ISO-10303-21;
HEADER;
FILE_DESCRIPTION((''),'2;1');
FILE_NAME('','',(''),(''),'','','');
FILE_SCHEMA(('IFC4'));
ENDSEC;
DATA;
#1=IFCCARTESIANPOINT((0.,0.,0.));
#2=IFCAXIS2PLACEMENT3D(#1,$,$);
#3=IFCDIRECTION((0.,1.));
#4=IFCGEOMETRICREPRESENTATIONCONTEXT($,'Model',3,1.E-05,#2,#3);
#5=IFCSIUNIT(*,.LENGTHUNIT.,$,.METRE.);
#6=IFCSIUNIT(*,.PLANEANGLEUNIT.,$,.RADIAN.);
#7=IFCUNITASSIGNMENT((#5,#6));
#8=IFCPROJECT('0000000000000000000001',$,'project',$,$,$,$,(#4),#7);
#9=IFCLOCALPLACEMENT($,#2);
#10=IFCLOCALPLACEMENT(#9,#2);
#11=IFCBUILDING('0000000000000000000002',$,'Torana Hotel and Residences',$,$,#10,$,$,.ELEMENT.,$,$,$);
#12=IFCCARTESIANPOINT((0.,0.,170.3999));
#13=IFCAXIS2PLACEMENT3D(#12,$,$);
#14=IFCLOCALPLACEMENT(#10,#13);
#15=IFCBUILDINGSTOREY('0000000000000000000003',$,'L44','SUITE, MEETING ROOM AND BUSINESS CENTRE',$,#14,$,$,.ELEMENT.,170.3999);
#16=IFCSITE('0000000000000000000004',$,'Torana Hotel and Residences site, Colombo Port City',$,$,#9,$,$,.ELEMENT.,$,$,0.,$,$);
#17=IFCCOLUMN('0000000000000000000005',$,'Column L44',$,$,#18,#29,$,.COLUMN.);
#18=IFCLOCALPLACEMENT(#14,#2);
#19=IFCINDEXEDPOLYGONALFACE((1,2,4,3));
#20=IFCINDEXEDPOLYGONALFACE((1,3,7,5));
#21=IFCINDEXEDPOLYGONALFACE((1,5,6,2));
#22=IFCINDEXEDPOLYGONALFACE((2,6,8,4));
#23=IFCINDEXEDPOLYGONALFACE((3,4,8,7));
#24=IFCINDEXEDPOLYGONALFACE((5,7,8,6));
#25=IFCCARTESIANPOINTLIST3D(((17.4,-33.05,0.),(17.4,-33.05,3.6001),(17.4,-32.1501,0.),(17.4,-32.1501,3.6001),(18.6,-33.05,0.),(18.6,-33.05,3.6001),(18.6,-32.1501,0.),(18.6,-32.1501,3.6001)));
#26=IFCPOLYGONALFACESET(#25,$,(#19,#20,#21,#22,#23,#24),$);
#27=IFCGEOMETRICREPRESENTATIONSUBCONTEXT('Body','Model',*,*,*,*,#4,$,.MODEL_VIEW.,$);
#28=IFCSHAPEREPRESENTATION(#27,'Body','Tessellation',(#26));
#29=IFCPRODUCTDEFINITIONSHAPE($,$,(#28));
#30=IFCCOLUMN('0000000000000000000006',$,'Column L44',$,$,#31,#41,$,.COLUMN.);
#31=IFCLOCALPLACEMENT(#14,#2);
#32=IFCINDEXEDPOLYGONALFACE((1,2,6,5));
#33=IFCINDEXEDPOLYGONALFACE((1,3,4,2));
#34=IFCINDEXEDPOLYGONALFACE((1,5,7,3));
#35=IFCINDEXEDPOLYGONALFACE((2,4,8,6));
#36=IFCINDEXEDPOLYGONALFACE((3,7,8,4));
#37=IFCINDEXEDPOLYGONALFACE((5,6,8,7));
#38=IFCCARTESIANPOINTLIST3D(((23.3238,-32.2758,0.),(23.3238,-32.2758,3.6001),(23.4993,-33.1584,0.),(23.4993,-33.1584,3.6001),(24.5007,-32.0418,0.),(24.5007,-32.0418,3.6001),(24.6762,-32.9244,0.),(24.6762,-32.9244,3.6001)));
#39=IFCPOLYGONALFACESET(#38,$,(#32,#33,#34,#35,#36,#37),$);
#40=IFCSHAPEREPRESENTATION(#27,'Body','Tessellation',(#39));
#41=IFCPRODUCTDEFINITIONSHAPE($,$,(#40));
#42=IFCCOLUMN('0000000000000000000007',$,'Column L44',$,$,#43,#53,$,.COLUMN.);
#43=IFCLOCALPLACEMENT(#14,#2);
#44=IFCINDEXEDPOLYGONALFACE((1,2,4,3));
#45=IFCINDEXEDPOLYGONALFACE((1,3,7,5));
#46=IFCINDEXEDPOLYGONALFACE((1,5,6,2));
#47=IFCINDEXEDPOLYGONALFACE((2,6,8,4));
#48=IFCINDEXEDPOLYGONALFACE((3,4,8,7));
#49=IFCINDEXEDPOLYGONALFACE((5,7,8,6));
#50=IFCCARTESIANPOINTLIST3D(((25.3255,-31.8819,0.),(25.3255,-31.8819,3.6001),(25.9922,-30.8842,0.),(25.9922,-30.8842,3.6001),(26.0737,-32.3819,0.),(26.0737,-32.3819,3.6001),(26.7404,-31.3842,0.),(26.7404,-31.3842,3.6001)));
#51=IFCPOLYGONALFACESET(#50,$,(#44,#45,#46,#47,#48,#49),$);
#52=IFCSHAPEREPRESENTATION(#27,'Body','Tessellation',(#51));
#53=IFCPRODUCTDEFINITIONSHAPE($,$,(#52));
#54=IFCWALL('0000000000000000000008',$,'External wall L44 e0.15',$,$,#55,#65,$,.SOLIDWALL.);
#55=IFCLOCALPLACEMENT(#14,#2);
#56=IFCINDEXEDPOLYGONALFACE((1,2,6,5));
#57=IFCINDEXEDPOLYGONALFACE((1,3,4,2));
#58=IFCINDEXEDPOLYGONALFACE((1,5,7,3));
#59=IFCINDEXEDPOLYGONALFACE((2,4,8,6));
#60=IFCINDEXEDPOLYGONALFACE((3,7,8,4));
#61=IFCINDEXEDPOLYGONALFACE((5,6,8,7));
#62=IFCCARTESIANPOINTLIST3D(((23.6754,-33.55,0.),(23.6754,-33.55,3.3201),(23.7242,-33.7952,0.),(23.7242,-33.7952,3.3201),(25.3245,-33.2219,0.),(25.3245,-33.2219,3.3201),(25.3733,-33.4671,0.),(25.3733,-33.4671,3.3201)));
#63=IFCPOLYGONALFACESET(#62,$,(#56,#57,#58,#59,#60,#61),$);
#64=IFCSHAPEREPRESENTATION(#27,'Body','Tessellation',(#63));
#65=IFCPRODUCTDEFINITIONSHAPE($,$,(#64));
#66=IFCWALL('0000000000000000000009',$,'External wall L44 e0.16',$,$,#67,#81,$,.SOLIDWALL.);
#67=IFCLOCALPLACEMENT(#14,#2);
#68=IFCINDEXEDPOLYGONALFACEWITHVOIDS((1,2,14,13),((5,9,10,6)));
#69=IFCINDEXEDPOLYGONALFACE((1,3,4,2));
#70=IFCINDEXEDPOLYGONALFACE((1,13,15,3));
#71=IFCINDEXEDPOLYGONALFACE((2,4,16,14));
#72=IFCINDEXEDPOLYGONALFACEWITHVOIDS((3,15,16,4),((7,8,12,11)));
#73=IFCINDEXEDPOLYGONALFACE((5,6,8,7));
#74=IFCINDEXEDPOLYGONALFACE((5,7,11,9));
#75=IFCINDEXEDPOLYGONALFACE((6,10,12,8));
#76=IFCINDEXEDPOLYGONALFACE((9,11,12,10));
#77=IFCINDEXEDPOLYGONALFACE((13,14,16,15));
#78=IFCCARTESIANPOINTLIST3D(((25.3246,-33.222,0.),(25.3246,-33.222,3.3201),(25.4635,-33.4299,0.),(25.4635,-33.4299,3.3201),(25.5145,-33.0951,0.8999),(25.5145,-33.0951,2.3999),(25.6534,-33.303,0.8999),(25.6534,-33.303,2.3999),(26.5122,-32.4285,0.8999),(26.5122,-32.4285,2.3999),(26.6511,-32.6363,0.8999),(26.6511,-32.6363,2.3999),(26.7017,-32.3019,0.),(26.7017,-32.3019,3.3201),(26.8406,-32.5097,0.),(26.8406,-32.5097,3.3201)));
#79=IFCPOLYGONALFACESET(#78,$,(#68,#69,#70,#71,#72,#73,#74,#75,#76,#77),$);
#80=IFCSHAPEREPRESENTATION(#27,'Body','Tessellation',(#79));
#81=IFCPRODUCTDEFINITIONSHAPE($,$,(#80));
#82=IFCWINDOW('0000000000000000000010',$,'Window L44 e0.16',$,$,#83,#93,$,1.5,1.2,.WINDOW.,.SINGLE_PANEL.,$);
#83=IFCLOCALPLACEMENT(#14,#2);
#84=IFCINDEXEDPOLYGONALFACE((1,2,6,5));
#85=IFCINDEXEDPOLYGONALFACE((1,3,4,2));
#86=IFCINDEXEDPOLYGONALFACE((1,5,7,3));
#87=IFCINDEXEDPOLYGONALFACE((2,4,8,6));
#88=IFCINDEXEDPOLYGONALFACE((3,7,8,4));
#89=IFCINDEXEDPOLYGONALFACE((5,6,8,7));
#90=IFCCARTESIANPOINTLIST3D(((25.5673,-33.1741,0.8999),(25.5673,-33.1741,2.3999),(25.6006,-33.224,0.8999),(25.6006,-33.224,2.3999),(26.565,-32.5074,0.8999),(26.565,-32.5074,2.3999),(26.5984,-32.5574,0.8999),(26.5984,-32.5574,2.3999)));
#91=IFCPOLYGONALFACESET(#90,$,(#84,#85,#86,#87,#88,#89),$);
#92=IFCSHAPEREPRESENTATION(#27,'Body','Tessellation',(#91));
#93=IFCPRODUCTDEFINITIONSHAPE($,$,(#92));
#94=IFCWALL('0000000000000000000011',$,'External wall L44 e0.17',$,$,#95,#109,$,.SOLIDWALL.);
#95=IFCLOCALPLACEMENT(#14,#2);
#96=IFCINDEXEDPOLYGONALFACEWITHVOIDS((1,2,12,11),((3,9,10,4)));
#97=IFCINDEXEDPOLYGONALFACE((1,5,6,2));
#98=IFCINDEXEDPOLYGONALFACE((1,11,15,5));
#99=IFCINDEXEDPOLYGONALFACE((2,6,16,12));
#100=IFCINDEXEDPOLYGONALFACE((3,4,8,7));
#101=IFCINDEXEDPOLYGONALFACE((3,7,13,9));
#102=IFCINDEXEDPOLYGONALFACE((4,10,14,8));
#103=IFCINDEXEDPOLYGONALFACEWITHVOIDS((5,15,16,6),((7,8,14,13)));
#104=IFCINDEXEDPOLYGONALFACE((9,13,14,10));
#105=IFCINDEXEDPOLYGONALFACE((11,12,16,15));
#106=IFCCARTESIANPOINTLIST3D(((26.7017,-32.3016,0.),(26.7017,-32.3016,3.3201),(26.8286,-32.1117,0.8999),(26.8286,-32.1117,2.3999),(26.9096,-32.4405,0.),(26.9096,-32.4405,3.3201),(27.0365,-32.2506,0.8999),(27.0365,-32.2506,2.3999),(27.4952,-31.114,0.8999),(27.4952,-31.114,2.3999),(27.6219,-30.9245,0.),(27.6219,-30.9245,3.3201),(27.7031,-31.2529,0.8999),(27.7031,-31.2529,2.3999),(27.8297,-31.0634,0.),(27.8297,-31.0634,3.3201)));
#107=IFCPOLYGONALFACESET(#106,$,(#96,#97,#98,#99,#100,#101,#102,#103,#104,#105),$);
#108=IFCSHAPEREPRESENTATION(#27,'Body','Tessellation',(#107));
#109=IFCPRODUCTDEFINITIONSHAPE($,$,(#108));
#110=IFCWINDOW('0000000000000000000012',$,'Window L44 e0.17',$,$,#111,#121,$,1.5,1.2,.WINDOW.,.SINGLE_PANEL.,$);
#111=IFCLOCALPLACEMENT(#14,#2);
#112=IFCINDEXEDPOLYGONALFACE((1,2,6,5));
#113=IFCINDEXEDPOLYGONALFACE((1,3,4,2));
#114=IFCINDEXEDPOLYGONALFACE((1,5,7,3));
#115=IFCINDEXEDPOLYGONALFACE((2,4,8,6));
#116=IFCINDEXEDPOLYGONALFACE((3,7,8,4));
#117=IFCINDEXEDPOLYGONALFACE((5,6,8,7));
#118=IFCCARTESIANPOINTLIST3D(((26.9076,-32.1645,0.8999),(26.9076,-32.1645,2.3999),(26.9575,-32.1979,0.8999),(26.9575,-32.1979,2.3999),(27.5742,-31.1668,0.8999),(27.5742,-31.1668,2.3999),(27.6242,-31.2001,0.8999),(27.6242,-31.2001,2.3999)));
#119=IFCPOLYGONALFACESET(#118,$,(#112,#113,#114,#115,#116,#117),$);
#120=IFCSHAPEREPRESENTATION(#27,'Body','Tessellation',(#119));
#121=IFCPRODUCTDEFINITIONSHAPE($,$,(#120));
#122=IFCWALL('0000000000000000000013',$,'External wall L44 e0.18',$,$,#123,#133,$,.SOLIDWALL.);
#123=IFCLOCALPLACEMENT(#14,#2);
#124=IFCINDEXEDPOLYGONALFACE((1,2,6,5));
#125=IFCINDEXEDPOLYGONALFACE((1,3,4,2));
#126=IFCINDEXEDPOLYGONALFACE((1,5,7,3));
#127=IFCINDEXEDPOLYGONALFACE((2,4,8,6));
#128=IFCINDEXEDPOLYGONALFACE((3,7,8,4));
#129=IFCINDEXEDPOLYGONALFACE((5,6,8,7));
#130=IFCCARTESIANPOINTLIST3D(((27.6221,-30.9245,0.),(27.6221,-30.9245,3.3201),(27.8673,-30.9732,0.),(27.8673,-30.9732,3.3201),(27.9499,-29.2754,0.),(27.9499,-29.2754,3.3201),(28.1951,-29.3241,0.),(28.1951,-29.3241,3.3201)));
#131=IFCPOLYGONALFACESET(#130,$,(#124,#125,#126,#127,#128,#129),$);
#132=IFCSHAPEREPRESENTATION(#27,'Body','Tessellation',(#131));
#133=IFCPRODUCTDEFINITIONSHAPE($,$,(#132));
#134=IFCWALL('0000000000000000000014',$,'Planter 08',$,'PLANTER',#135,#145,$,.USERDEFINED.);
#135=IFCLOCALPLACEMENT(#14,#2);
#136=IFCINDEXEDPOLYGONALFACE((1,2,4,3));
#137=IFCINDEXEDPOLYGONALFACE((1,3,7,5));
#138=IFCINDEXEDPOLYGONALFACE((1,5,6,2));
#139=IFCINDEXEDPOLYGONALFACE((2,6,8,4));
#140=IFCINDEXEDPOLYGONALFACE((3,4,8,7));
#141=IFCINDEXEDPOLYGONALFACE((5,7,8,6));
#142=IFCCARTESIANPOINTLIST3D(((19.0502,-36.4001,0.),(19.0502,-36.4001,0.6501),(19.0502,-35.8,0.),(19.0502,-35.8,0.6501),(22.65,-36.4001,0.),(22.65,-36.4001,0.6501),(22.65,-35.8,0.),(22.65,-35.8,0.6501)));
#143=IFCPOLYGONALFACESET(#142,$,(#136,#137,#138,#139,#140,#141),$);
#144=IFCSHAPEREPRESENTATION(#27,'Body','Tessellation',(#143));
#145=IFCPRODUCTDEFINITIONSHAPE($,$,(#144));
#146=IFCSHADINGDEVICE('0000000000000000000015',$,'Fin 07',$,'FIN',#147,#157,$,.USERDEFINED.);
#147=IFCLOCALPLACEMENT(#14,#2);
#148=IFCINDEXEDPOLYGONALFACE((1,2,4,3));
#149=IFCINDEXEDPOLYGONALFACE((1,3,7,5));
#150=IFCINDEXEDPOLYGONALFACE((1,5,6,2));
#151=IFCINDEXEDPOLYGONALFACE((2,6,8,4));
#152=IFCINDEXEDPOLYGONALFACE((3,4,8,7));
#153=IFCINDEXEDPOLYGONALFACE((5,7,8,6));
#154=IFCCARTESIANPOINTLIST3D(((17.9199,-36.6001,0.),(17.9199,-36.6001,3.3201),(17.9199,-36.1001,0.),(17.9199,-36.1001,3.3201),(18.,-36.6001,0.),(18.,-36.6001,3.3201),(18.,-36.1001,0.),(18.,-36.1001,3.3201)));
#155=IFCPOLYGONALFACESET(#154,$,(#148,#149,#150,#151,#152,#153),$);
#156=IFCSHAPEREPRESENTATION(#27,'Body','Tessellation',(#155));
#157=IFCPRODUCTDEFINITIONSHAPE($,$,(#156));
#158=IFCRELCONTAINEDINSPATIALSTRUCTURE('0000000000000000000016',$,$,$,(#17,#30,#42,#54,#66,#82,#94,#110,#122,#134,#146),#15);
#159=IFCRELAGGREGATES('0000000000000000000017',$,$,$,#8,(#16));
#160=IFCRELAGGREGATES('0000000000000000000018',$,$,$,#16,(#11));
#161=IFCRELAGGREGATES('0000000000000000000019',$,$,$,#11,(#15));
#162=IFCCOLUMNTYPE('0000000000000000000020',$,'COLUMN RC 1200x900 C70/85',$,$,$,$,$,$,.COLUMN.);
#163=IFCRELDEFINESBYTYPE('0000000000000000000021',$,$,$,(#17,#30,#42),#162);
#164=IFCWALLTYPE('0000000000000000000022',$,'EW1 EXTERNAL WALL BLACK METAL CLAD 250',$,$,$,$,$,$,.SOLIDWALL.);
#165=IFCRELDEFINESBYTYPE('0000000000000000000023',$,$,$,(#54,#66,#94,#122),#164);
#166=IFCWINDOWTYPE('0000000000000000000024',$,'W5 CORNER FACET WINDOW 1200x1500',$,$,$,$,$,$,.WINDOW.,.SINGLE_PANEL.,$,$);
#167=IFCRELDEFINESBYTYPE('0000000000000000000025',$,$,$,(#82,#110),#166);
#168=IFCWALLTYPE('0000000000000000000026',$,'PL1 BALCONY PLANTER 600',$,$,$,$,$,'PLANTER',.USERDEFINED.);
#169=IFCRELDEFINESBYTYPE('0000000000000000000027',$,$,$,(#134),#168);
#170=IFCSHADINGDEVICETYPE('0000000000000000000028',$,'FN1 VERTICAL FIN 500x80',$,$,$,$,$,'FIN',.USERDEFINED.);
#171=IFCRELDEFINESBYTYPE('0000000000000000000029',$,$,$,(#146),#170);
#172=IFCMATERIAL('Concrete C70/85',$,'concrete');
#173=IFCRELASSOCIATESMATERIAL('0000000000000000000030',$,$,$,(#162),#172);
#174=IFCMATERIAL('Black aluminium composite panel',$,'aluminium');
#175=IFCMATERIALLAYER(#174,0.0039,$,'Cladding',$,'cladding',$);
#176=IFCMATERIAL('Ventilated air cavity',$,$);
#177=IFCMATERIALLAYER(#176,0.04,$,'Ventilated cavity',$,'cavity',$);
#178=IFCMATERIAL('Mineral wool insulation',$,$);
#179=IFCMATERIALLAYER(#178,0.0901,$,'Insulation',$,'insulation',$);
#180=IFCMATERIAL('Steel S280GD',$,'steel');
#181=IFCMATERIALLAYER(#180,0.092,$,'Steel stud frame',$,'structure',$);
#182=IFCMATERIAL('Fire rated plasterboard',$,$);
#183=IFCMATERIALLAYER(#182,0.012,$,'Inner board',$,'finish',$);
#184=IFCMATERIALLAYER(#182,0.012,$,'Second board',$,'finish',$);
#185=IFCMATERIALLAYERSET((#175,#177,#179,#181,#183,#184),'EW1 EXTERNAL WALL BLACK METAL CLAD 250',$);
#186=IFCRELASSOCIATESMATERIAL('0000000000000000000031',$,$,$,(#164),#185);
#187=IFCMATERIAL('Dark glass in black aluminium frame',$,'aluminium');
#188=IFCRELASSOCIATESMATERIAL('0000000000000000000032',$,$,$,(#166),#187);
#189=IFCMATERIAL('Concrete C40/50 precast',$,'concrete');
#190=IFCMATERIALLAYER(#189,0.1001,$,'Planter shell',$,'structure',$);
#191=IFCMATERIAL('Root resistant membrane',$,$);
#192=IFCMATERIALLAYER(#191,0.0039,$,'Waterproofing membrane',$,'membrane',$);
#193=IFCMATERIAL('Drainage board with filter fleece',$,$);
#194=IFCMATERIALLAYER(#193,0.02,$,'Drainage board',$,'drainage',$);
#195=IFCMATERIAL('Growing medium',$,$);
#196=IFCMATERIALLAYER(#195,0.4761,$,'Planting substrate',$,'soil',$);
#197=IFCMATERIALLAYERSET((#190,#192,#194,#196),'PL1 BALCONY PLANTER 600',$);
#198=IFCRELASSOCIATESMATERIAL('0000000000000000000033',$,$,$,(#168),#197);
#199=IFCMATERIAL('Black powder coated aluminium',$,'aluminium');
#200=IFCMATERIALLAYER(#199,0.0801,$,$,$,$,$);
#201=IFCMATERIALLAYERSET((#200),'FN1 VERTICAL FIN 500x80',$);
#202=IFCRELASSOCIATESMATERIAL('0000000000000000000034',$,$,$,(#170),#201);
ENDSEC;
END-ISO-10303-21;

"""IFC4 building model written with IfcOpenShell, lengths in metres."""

from ifc_helpers import new_model, si_unit, direction, frame, frame_2d, origin, origin_2d, place, context, subcontext, project, spatial, rectangle, extrude, material, layer, layer_set, material_profile, profile_set, type_object, element, fill, save


model = new_model("IFC4")

# Units and contexts
model_context = context("Model", 3, precision=1e-05, world=origin(), true_north=direction((0.0, 1.0)))
body_context = subcontext(model_context, "Body", "Model", "MODEL_VIEW")
ifc_project = project(units=[si_unit("LENGTHUNIT", "METRE"), si_unit("PLANEANGLEUNIT", "RADIAN")], contexts=[model_context])

# Site, building, storey
site_placement = place(None, origin())
site = spatial("IfcSite", under=ifc_project, at=site_placement, Name="Torana Hotel and Residences site, Colombo Port City", CompositionType="ELEMENT", RefElevation=0.0)
building_placement = place(site_placement, origin())
building = spatial("IfcBuilding", under=site, at=building_placement, Name="Torana Hotel and Residences", CompositionType="ELEMENT")
storey_placement = place(building_placement, frame((0.0, 0.0, 170.3999)))
storey = spatial("IfcBuildingStorey", under=building, at=storey_placement, Name="L44", Description="SUITE, MEETING ROOM AND BUSINESS CENTRE", CompositionType="ELEMENT", Elevation=170.3999)

# Columns
ifc_material_1 = material(Name="Concrete C70/85", Category="concrete")
ifc_material_profile = material_profile(ifc_material_1, rectangle(XDim=1.2, YDim=0.8999, at=origin_2d()), Name="RC 1200x900")
ifc_profile_set = profile_set([ifc_material_profile], Name="Concrete C70/85")
column_type = type_object("IfcColumnType", Name="COLUMN RC 1200x900 C70/85", PredefinedType="COLUMN", material=ifc_profile_set)
for number, where, z_axis, x_axis, name in (
    (1, (18.0, -32.6001, 0.0), (0.0, 0.0, 1.0), (1.0, 0.0, 0.0), "Column L44"),
    (2, (24.0, -32.6001, 0.0), (0.0, 0.0, 1.0), (0.980792, 0.195056, 0.0), "Column L44"),
    (3, (26.033, -31.6331, 0.0), (0.0, 0.0, 1.0), (0.555585, 0.83146, 0.0), "Column L44"),
):
    element("IfcColumn", number, at=place(storey_placement, frame(where, z_axis=z_axis, x_axis=x_axis)), inside=storey, type_object=column_type, Name=name, PredefinedType="COLUMN", context=body_context, shape_type="SweptSolid", body=[
        extrude(rectangle(XDim=1.2, YDim=0.8999, at=origin_2d()), origin(), (0.0, 0.0, 1.0), 3.6001),
    ])

# Wall
ifc_material_2 = material(Name="Black aluminium composite panel", Category="aluminium")
ifc_layer_1 = layer(ifc_material_2, 0.0039, Name="Cladding", Category="cladding")
ifc_material_3 = material(Name="Ventilated air cavity")
ifc_layer_2 = layer(ifc_material_3, 0.04, Name="Ventilated cavity", Category="cavity")
ifc_material_4 = material(Name="Mineral wool insulation")
ifc_layer_3 = layer(ifc_material_4, 0.0901, Name="Insulation", Category="insulation")
ifc_material_5 = material(Name="Steel S280GD", Category="steel")
ifc_layer_4 = layer(ifc_material_5, 0.092, Name="Steel stud frame", Category="structure")
ifc_material_6 = material(Name="Fire rated plasterboard")
ifc_layer_5 = layer(ifc_material_6, 0.012, Name="Inner board", Category="finish")
ifc_layer_6 = layer(ifc_material_6, 0.012, Name="Second board", Category="finish")
ifc_layer_set_1 = layer_set([ifc_layer_1, ifc_layer_2, ifc_layer_3, ifc_layer_4, ifc_layer_5, ifc_layer_6], Name="EW1 EXTERNAL WALL BLACK METAL CLAD 250")
wall_type_1 = type_object("IfcWallType", Name="EW1 EXTERNAL WALL BLACK METAL CLAD 250", PredefinedType="SOLIDWALL", material=ifc_layer_set_1)
wall_1_placement = place(storey_placement, frame((23.6997, -33.6726, 0.0), z_axis=(0.0, 0.0, 1.0), x_axis=(0.980776, 0.195139, 0.0)))
element("IfcWall", 4, at=wall_1_placement, inside=storey, type_object=wall_type_1, Name="External wall L44 e0.15", PredefinedType="SOLIDWALL", context=body_context, shape_type="SweptSolid", body=[
    extrude(rectangle(XDim=1.6814, YDim=0.25, at=frame_2d((0.8408, 0.0))), origin(), (0.0, 0.0, 1.0), 3.3201),
])

# Walls, openings, windows
wall_2_placement = place(storey_placement, frame((25.394, -33.3259, 0.0), z_axis=(0.0, 0.0, 1.0), x_axis=(0.831483, 0.55555, 0.0)))
wall_2 = element("IfcWall", 5, at=wall_2_placement, inside=storey, type_object=wall_type_1, Name="External wall L44 e0.16", PredefinedType="SOLIDWALL", context=body_context, shape_type="SweptSolid", body=[
    extrude(rectangle(XDim=1.6562, YDim=0.25, at=frame_2d((0.8281, 0.0))), origin(), (0.0, 0.0, 1.0), 3.3201),
])
opening_1_placement = place(wall_2_placement, frame((0.2283, 0.0, 0.8999)))
opening_1 = element("IfcOpeningElement", 6, at=opening_1_placement, cuts=wall_2, PredefinedType="OPENING", context=body_context, shape_type="SweptSolid", body=[
    extrude(rectangle(XDim=1.2, YDim=1.5, at=frame_2d((0.6001, 0.75))), frame((0.0, 0.135, 0.0), z_axis=(0.0, -1.0, 0.0), x_axis=(1.0, 0.0, 0.0)), (0.0, 0.0, 1.0), 0.27),
])
ifc_material_7 = material(Name="Dark glass in black aluminium frame", Category="aluminium")
window_type_1 = type_object("IfcWindowType", Name="W5 CORNER FACET WINDOW 1200x1500", PartitioningType="SINGLE_PANEL", PredefinedType="WINDOW", material=ifc_material_7)
window_1_placement = place(opening_1_placement, origin())
window_1 = element("IfcWindow", 7, at=window_1_placement, inside=storey, type_object=window_type_1, Name="Window L44 e0.16", OverallHeight=1.5, OverallWidth=1.2, PartitioningType="SINGLE_PANEL", PredefinedType="WINDOW", context=body_context, shape_type="SweptSolid", body=[
    extrude(rectangle(XDim=1.2, YDim=1.5, at=frame_2d((0.6001, 0.75))), frame((0.0, 0.03, 0.0), z_axis=(0.0, -1.0, 0.0), x_axis=(1.0, 0.0, 0.0)), (0.0, 0.0, 1.0), 0.0601),
])
fill(opening_1, window_1)
wall_3_placement = place(storey_placement, frame((26.8057, -32.3711, 0.0), z_axis=(0.0, 0.0, 1.0), x_axis=(0.55555, 0.831483, 0.0)))
wall_3 = element("IfcWall", 8, at=wall_3_placement, inside=storey, type_object=wall_type_1, Name="External wall L44 e0.17", PredefinedType="SOLIDWALL", context=body_context, shape_type="SweptSolid", body=[
    extrude(rectangle(XDim=1.6562, YDim=0.25, at=frame_2d((0.8281, 0.0))), origin(), (0.0, 0.0, 1.0), 3.3201),
])
opening_2_placement = place(wall_3_placement, frame((0.2283, 0.0, 0.8999)))
opening_2 = element("IfcOpeningElement", 9, at=opening_2_placement, cuts=wall_3, PredefinedType="OPENING", context=body_context, shape_type="SweptSolid", body=[
    extrude(rectangle(XDim=1.2, YDim=1.5, at=frame_2d((0.6001, 0.75))), frame((0.0, 0.135, 0.0), z_axis=(0.0, -1.0, 0.0), x_axis=(1.0, 0.0, 0.0)), (0.0, 0.0, 1.0), 0.27),
])
window_2_placement = place(opening_2_placement, origin())
window_2 = element("IfcWindow", 10, at=window_2_placement, inside=storey, type_object=window_type_1, Name="Window L44 e0.17", OverallHeight=1.5, OverallWidth=1.2, PartitioningType="SINGLE_PANEL", PredefinedType="WINDOW", context=body_context, shape_type="SweptSolid", body=[
    extrude(rectangle(XDim=1.2, YDim=1.5, at=frame_2d((0.6001, 0.75))), frame((0.0, 0.03, 0.0), z_axis=(0.0, -1.0, 0.0), x_axis=(1.0, 0.0, 0.0)), (0.0, 0.0, 1.0), 0.0601),
])
fill(opening_2, window_2)

# Wall
wall_4_placement = place(storey_placement, frame((27.7446, -30.949, 0.0), z_axis=(0.0, 0.0, 1.0), x_axis=(0.194999, 0.980803, 0.0)))
element("IfcWall", 11, at=wall_4_placement, inside=storey, type_object=wall_type_1, Name="External wall L44 e0.18", PredefinedType="SOLIDWALL", context=body_context, shape_type="SweptSolid", body=[
    extrude(rectangle(XDim=1.6814, YDim=0.25, at=frame_2d((0.8408, 0.0))), origin(), (0.0, 0.0, 1.0), 3.3201),
])

# Wall
ifc_material_8 = material(Name="Concrete C40/50 precast", Category="concrete")
ifc_layer_7 = layer(ifc_material_8, 0.1001, Name="Planter shell", Category="structure")
ifc_material_9 = material(Name="Root resistant membrane")
ifc_layer_8 = layer(ifc_material_9, 0.0039, Name="Waterproofing membrane", Category="membrane")
ifc_material_10 = material(Name="Drainage board with filter fleece")
ifc_layer_9 = layer(ifc_material_10, 0.02, Name="Drainage board", Category="drainage")
ifc_material_11 = material(Name="Growing medium")
ifc_layer_10 = layer(ifc_material_11, 0.4761, Name="Planting substrate", Category="soil")
ifc_layer_set_2 = layer_set([ifc_layer_7, ifc_layer_8, ifc_layer_9, ifc_layer_10], Name="PL1 BALCONY PLANTER 600")
wall_type_2 = type_object("IfcWallType", Name="PL1 BALCONY PLANTER 600", ElementType="PLANTER", PredefinedType="USERDEFINED", material=ifc_layer_set_2)
wall_5_placement = place(storey_placement, frame((22.6499, -36.1001, 0.0), z_axis=(0.0, 0.0, 1.0), x_axis=(-1.0, 0.0, 0.0)))
element("IfcWall", 12, at=wall_5_placement, inside=storey, type_object=wall_type_2, Name="Planter 08", ObjectType="PLANTER", PredefinedType="USERDEFINED", context=body_context, shape_type="SweptSolid", body=[
    extrude(rectangle(XDim=3.5999, YDim=0.6001, at=frame_2d((1.7998, 0.0))), origin(), (0.0, 0.0, 1.0), 0.6501),
])

# Shading device
ifc_material_12 = material(Name="Black powder coated aluminium", Category="aluminium")
ifc_layer_11 = layer(ifc_material_12, 0.0801)
ifc_layer_set_3 = layer_set([ifc_layer_11], Name="FN1 VERTICAL FIN 500x80")
shading_device_type = type_object("IfcShadingDeviceType", Name="FN1 VERTICAL FIN 500x80", ElementType="FIN", PredefinedType="USERDEFINED", material=ifc_layer_set_3)
shading_device_placement = place(storey_placement, frame((17.96, -36.3501, 0.0), z_axis=(0.0, 0.0, 1.0), x_axis=(-1.0, 0.0, 0.0)))
element("IfcShadingDevice", 13, at=shading_device_placement, inside=storey, type_object=shading_device_type, Name="Fin 07", ObjectType="FIN", PredefinedType="USERDEFINED", context=body_context, shape_type="SweptSolid", body=[
    extrude(rectangle(XDim=0.0801, YDim=0.5, at=origin_2d()), origin(), (0.0, 0.0, 1.0), 3.3201),
])

save(model, "model.ifc")
